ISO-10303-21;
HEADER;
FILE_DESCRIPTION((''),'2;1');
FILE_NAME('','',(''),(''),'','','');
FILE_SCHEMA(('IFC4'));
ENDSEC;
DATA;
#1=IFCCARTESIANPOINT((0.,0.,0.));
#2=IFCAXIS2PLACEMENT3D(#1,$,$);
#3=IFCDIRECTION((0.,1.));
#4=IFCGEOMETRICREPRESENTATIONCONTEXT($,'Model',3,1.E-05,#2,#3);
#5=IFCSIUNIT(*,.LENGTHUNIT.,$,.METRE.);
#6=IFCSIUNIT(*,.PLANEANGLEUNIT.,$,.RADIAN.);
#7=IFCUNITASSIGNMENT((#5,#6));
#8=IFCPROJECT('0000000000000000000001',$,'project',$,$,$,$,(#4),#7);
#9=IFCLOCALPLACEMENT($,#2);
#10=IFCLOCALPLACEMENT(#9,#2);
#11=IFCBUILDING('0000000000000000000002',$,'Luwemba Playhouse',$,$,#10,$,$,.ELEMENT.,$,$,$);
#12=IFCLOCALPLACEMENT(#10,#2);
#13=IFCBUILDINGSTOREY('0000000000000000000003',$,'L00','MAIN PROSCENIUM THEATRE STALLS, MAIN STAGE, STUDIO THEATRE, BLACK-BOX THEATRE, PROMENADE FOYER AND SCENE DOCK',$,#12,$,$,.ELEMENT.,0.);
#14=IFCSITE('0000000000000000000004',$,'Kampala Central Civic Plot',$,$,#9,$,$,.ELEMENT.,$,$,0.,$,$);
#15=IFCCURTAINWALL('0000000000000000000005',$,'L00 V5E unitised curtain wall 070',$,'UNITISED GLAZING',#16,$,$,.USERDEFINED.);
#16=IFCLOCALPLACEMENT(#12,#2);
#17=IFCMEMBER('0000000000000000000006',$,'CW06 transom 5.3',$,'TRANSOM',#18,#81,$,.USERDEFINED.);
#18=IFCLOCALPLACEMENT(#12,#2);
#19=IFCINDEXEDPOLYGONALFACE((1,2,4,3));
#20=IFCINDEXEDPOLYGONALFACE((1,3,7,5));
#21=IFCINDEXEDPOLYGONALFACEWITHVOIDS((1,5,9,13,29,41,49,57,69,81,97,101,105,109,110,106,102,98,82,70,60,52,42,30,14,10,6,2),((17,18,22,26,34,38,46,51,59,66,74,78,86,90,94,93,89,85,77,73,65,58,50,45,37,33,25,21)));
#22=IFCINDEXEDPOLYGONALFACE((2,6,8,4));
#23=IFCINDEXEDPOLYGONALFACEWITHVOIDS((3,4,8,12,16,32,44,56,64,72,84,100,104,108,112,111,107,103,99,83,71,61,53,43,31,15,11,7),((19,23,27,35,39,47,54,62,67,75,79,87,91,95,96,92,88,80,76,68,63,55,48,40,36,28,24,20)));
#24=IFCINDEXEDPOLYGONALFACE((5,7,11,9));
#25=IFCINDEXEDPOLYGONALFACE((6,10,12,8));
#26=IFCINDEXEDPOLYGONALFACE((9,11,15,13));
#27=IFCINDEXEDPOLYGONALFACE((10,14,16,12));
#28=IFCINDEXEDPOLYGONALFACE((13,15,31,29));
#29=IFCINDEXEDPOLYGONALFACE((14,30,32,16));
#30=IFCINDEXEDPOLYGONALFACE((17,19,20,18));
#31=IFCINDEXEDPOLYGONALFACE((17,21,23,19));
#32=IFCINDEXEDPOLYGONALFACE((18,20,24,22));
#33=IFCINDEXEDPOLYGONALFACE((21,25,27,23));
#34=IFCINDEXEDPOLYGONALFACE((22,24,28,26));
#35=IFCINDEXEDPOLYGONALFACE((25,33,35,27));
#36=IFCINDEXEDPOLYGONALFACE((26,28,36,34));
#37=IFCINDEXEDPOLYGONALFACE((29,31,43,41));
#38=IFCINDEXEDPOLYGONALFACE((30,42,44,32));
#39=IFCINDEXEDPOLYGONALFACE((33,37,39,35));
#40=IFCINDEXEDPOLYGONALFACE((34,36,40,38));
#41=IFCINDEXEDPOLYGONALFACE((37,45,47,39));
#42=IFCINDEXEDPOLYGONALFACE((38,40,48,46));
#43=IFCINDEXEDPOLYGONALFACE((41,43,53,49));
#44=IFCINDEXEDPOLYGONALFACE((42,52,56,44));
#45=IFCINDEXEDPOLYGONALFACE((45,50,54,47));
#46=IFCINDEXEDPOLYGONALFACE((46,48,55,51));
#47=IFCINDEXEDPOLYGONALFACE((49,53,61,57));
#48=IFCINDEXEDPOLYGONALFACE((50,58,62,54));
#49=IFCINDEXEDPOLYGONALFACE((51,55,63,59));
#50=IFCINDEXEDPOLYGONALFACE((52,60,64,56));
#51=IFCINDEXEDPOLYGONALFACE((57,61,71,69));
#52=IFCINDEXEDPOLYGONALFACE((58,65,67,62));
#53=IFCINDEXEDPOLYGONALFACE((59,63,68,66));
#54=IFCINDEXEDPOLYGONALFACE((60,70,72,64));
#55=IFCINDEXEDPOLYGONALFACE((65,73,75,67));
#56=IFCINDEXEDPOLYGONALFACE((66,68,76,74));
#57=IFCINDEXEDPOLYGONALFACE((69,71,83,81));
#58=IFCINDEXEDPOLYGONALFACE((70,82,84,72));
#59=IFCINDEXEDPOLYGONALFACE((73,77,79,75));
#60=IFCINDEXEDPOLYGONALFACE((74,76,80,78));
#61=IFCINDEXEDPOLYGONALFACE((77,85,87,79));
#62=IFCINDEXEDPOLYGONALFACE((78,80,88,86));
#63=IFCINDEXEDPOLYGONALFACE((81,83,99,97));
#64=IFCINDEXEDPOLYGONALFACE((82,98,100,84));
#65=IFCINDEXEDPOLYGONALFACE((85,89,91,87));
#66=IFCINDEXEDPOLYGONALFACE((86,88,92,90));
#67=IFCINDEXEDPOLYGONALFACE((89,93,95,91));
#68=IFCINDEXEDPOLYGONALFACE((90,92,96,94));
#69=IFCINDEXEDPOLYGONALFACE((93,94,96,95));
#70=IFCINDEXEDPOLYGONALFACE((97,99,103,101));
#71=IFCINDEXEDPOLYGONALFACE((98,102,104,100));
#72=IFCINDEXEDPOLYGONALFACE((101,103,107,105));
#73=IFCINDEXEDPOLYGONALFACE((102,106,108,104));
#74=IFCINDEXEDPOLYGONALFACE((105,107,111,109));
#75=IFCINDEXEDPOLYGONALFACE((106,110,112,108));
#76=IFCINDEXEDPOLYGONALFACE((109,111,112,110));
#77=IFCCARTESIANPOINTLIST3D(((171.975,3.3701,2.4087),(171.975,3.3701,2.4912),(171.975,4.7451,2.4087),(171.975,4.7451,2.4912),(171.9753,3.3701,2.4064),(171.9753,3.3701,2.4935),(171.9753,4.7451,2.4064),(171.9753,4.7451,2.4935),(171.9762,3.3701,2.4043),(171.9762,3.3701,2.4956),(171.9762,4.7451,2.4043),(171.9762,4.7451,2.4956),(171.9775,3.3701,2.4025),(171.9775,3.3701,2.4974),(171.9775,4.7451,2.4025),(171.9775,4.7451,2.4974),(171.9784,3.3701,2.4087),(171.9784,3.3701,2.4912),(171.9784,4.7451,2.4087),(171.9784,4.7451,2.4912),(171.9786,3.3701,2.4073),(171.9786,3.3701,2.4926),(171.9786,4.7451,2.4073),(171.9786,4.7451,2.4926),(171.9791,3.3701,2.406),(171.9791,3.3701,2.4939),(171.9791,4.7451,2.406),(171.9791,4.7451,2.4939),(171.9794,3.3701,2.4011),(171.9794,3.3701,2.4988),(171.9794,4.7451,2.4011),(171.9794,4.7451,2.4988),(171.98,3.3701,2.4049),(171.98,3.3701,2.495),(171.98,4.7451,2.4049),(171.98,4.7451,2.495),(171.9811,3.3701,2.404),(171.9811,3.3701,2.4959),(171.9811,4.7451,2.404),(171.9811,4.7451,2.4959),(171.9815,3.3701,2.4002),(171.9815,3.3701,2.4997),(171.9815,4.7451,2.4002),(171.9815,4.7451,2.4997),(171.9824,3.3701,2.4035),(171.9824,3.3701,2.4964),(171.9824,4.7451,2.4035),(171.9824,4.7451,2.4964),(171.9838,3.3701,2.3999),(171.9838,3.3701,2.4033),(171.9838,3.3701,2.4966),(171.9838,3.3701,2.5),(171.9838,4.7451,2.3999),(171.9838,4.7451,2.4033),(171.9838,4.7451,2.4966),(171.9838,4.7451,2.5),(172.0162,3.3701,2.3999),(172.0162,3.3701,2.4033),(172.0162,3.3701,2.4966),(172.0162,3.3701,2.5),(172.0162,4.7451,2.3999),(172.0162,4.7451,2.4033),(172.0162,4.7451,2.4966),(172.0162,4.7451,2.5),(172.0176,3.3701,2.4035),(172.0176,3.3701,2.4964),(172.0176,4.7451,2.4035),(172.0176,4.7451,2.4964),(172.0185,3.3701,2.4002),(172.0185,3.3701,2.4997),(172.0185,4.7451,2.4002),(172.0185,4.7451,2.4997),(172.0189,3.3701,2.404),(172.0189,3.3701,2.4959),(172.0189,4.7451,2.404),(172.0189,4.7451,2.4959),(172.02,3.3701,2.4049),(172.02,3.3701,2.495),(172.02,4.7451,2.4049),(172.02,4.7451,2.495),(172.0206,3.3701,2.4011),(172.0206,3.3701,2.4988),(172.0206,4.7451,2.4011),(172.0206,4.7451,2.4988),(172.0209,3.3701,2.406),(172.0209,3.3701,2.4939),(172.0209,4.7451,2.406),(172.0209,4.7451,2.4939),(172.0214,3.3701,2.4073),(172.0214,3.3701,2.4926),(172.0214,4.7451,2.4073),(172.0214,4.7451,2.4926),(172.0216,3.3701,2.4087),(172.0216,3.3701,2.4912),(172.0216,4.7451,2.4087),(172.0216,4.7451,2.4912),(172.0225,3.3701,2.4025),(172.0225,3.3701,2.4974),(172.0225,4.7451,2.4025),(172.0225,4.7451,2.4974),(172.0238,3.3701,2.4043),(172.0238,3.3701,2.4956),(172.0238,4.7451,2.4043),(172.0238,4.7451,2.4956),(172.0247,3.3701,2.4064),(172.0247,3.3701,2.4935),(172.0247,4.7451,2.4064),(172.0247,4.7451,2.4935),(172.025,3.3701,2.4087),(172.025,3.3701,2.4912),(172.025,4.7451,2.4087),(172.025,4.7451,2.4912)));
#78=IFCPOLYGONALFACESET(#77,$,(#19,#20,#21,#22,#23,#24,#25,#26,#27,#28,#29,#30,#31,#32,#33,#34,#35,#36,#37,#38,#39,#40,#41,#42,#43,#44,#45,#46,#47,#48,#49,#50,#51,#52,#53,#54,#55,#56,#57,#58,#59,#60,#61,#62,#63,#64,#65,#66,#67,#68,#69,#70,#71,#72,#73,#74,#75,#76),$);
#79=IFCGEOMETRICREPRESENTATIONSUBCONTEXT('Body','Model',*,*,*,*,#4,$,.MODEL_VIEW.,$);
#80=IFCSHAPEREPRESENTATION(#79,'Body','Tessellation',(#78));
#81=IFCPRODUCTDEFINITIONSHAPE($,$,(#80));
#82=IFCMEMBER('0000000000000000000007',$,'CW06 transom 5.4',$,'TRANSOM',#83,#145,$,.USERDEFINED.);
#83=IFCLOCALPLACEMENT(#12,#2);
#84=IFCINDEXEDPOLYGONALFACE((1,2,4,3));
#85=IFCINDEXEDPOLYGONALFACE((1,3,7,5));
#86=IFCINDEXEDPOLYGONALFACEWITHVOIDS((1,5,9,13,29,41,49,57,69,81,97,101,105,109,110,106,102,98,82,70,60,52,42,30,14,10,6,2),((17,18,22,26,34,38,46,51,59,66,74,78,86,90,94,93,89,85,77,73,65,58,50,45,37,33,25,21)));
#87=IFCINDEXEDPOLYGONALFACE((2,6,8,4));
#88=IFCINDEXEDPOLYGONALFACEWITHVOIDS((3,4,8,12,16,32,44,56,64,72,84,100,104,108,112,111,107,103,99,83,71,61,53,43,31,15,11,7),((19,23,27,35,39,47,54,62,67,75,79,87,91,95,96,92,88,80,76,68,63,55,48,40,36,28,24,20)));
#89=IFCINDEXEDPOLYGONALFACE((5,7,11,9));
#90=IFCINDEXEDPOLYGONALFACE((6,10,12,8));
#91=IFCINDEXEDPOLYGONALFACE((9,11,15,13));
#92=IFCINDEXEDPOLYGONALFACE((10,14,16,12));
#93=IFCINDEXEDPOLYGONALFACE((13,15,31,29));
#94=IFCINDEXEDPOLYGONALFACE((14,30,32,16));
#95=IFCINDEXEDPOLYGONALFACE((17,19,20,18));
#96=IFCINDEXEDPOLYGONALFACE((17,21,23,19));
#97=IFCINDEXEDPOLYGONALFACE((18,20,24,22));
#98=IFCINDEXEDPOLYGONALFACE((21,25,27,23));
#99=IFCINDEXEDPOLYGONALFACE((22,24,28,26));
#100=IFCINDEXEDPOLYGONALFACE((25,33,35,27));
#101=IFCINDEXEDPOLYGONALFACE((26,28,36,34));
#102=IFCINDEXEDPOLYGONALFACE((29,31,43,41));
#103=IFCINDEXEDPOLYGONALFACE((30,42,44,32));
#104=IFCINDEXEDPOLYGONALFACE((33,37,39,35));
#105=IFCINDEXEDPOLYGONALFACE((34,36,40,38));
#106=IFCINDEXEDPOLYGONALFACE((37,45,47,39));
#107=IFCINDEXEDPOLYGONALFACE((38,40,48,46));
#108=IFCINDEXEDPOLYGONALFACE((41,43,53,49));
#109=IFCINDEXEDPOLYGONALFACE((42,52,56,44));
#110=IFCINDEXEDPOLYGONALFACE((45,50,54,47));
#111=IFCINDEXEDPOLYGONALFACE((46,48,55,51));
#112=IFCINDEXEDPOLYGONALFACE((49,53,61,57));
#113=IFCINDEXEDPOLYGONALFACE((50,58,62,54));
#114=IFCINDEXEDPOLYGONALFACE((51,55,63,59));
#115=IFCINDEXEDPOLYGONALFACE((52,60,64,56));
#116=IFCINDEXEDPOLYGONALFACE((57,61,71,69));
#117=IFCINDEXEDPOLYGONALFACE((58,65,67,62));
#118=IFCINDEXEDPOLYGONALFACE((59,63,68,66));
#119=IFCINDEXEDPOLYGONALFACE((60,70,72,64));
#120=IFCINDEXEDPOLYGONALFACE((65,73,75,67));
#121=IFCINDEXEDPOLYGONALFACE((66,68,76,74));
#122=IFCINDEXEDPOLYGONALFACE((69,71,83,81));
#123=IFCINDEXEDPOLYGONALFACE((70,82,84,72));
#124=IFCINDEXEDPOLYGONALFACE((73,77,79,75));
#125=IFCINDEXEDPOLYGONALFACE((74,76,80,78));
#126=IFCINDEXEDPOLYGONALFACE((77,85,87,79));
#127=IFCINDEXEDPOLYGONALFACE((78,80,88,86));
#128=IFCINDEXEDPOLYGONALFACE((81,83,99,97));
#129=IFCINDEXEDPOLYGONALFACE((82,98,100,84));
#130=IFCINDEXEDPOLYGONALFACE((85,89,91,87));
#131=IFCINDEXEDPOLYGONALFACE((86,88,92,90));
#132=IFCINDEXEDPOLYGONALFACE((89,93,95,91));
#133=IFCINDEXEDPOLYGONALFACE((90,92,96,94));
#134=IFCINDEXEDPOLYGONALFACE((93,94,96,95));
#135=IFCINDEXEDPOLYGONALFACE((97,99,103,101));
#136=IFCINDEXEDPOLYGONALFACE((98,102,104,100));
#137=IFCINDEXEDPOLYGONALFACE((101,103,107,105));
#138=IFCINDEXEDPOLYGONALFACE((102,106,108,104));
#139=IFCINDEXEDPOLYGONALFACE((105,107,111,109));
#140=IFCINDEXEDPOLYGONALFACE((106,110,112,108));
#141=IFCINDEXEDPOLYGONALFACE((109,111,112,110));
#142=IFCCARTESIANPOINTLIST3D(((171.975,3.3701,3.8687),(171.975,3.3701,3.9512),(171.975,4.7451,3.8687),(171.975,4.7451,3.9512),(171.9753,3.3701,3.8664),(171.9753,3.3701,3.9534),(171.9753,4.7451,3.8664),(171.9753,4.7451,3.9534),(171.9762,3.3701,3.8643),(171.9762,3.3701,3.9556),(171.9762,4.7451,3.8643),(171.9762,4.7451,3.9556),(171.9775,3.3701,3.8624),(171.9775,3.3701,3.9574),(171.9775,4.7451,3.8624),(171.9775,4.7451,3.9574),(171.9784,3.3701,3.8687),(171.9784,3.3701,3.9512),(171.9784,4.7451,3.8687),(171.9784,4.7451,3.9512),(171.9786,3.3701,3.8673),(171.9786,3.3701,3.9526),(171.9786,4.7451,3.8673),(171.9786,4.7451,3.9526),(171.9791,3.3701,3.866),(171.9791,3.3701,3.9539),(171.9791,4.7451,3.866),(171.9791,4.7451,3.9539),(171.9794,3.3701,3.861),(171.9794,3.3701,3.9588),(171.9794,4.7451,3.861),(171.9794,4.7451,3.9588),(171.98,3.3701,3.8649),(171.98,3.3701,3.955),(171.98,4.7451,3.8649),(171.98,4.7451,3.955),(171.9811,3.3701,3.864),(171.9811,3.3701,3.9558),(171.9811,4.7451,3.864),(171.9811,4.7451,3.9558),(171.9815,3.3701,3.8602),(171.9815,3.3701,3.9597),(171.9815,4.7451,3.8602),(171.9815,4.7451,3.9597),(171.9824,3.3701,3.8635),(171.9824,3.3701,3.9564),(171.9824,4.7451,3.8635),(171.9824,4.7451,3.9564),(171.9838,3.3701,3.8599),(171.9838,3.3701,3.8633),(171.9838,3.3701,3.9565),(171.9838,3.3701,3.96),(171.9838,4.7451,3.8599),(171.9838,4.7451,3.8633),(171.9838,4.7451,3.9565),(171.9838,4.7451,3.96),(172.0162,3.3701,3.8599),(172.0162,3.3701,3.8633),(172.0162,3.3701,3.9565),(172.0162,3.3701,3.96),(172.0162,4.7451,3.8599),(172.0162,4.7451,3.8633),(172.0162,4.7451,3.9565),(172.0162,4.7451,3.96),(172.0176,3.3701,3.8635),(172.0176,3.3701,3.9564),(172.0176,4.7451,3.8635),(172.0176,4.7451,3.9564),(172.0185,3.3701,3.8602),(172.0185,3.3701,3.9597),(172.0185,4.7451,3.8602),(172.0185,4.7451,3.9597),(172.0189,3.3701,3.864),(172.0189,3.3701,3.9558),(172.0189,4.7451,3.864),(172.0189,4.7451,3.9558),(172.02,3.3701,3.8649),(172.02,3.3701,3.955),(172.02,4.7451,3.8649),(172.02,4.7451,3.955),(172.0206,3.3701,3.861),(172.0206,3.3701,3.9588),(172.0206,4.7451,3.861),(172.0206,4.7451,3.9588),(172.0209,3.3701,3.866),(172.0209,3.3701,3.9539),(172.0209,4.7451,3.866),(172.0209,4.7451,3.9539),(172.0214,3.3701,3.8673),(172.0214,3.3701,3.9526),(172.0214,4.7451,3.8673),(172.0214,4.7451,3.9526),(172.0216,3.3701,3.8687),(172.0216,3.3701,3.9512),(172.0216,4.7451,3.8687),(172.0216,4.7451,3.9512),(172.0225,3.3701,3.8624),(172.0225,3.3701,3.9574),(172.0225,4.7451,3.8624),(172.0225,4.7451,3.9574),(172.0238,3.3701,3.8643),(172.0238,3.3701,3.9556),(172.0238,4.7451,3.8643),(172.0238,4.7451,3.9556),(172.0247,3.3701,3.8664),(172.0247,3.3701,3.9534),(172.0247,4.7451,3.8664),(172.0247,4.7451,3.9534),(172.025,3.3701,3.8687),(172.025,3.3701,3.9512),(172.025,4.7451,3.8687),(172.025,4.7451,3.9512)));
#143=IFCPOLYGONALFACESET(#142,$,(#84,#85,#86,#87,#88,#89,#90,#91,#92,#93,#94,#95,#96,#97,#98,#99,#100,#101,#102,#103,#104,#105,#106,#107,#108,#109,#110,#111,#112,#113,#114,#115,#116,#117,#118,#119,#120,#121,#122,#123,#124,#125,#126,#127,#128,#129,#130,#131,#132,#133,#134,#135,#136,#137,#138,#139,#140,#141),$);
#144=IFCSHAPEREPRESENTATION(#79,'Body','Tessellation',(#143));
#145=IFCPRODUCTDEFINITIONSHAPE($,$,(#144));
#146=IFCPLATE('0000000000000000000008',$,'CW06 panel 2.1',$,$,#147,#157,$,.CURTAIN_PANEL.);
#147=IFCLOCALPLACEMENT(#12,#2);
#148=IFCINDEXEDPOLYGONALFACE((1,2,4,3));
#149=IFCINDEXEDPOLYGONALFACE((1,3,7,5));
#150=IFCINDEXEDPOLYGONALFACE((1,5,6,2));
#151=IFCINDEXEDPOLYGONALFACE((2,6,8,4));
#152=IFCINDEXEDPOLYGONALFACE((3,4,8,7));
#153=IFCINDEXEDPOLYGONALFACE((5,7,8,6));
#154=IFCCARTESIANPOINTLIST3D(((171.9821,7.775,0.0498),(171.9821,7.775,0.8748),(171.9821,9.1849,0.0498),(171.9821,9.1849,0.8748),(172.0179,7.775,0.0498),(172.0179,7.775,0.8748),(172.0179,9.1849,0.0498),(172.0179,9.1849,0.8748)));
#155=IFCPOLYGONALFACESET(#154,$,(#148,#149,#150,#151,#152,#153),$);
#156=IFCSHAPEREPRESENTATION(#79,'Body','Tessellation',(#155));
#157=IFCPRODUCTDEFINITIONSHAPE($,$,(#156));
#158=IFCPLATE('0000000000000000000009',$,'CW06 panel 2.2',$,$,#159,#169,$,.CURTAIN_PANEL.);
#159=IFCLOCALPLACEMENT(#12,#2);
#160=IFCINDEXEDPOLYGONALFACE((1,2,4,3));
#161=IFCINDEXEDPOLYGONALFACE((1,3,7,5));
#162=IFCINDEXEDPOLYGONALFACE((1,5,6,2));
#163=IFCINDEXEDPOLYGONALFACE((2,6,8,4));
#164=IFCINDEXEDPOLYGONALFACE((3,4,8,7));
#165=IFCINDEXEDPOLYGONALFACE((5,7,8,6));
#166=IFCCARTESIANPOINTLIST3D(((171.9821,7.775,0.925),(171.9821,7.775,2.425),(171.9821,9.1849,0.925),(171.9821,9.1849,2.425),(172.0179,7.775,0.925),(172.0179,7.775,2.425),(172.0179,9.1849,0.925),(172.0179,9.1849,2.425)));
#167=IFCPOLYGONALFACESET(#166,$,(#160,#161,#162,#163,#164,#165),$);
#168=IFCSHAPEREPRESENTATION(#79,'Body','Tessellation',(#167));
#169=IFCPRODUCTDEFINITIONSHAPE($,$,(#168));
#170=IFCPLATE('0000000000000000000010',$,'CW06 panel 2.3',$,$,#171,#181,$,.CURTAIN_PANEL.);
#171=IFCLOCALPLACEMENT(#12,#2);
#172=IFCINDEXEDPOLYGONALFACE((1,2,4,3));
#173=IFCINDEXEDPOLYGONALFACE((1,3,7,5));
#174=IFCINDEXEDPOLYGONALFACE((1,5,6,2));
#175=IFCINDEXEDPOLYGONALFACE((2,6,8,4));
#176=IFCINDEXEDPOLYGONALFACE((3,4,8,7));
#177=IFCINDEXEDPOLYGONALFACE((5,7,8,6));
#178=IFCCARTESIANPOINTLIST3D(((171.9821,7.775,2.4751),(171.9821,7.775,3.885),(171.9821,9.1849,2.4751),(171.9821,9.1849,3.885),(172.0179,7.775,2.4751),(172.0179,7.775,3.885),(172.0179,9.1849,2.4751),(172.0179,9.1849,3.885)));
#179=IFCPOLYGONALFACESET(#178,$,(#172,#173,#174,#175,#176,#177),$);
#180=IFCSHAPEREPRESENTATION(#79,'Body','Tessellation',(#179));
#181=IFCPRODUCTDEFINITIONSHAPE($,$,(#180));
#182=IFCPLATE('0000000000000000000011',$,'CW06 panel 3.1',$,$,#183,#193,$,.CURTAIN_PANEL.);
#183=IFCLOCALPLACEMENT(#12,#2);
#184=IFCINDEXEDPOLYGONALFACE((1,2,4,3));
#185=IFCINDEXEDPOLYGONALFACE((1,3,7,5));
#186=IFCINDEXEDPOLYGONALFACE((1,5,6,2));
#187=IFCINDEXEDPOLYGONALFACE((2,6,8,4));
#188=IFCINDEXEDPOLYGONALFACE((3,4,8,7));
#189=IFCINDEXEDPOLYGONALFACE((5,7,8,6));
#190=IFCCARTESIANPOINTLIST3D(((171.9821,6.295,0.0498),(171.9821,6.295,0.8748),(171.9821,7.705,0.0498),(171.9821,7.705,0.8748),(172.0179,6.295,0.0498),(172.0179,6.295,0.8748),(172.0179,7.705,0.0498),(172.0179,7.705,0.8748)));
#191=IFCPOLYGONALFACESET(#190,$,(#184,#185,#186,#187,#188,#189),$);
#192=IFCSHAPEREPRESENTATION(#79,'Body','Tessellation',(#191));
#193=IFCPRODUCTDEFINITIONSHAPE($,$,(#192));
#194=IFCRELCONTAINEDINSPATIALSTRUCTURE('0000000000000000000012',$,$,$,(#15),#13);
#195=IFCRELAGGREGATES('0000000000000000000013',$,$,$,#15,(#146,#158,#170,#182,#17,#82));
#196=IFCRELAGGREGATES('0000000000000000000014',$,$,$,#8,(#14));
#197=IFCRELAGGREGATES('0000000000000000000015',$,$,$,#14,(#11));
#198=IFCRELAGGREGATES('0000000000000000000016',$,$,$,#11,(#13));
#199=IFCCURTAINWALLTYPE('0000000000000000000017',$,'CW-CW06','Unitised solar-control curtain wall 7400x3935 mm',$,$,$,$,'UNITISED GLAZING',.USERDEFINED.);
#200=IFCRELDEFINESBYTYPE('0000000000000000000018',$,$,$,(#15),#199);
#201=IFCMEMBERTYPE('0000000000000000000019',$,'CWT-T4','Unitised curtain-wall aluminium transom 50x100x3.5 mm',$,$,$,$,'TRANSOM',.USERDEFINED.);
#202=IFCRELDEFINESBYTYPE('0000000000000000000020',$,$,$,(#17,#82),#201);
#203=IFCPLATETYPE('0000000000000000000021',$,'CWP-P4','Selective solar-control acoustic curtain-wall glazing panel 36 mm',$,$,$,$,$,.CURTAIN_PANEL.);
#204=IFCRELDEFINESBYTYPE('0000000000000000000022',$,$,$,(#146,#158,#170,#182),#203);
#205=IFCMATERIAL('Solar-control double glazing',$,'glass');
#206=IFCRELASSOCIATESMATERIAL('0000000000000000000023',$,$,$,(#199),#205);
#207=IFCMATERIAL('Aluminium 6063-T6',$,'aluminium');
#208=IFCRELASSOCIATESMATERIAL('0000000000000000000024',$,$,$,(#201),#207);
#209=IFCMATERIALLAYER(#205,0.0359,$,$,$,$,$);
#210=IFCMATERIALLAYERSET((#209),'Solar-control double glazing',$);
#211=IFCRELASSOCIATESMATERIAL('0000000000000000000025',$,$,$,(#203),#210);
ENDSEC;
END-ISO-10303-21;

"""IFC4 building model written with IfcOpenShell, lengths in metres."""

from ifc_helpers import new_model, si_unit, direction, frame, origin, origin_2d, place, context, subcontext, project, spatial, rectangle, hollow_rectangle, extrude, material, layer, layer_set, material_profile, profile_set, type_object, element, aggregate, save


model = new_model("IFC4")

# Units and contexts
model_context = context("Model", 3, precision=1e-05, world=origin(), true_north=direction((0.0, 1.0)))
body_context = subcontext(model_context, "Body", "Model", "MODEL_VIEW")
ifc_project = project(units=[si_unit("LENGTHUNIT", "METRE"), si_unit("PLANEANGLEUNIT", "RADIAN")], contexts=[model_context])

# Site, building, storey
site_placement = place(None, origin())
site = spatial("IfcSite", under=ifc_project, at=site_placement, Name="Kampala Central Civic Plot", CompositionType="ELEMENT", RefElevation=0.0)
building_placement = place(site_placement, origin())
building = spatial("IfcBuilding", under=site, at=building_placement, Name="Luwemba Playhouse", CompositionType="ELEMENT")
storey_placement = place(building_placement, origin())
storey = spatial("IfcBuildingStorey", under=building, at=storey_placement, Name="L00", Description="MAIN PROSCENIUM THEATRE STALLS, MAIN STAGE, STUDIO THEATRE, BLACK-BOX THEATRE, PROMENADE FOYER AND SCENE DOCK", CompositionType="ELEMENT", Elevation=0.0)

# Curtain wall, members, plates
ifc_material_1 = material(Name="Solar-control double glazing", Category="glass")
curtain_wall_type = type_object("IfcCurtainWallType", Name="CW-CW06", Description="Unitised solar-control curtain wall 7400x3935 mm", ElementType="UNITISED GLAZING", PredefinedType="USERDEFINED", material=ifc_material_1)
curtain_wall_placement = place(storey_placement, origin())
curtain_wall = element("IfcCurtainWall", 1, at=curtain_wall_placement, inside=storey, type_object=curtain_wall_type, Name="L00 V5E unitised curtain wall 070", ObjectType="UNITISED GLAZING", PredefinedType="USERDEFINED")
ifc_material_2 = material(Name="Aluminium 6063-T6", Category="aluminium")
ifc_material_profile_1 = material_profile(ifc_material_2, hollow_rectangle(XDim=0.05, YDim=0.1001, WallThickness=0.0034, InnerFilletRadius=0.0054, OuterFilletRadius=0.0088, at=origin_2d()))
ifc_profile_set_1 = profile_set([ifc_material_profile_1], Name="Aluminium 6063-T6")
member_type_1 = type_object("IfcMemberType", Name="CWT-T4", Description="Unitised curtain-wall aluminium transom 50x100x3.5 mm", ElementType="TRANSOM", PredefinedType="USERDEFINED", material=ifc_profile_set_1)
member_1_placement = place(storey_placement, frame((172.0, 4.7451, 2.45), z_axis=(0.0, -1.0, 0.0), x_axis=(1.0, 0.0, 0.0)))
member_1 = element("IfcMember", 2, at=member_1_placement, type_object=member_type_1, Name="CW06 transom 5.3", ObjectType="TRANSOM", PredefinedType="USERDEFINED", context=body_context, shape_type="SweptSolid", body=[
    extrude(hollow_rectangle(XDim=0.05, YDim=0.1001, WallThickness=0.0034, InnerFilletRadius=0.0054, OuterFilletRadius=0.0088, at=origin_2d()), origin(), (0.0, 0.0, 1.0), 1.375),
])
member_2_placement = place(storey_placement, frame((172.0, 4.7451, 3.9099), z_axis=(0.0, -1.0, 0.0), x_axis=(1.0, 0.0, 0.0)))
member_2 = element("IfcMember", 3, at=member_2_placement, type_object=member_type_1, Name="CW06 transom 5.4", ObjectType="TRANSOM", PredefinedType="USERDEFINED", context=body_context, shape_type="SweptSolid", body=[
    extrude(hollow_rectangle(XDim=0.05, YDim=0.1001, WallThickness=0.0034, InnerFilletRadius=0.0054, OuterFilletRadius=0.0088, at=origin_2d()), origin(), (0.0, 0.0, 1.0), 1.375),
])
ifc_layer = layer(ifc_material_1, 0.0359)
ifc_layer_set = layer_set([ifc_layer], Name="Solar-control double glazing")
plate_type = type_object("IfcPlateType", Name="CWP-P4", Description="Selective solar-control acoustic curtain-wall glazing panel 36 mm", PredefinedType="CURTAIN_PANEL", material=ifc_layer_set)
plate_1_placement = place(storey_placement, frame((172.0, 8.48, 0.0498), z_axis=(0.0, 0.0, 1.0), x_axis=(0.0, -1.0, 0.0)))
plate_1 = element("IfcPlate", 4, at=plate_1_placement, type_object=plate_type, Name="CW06 panel 2.1", PredefinedType="CURTAIN_PANEL", context=body_context, shape_type="SweptSolid", body=[
    extrude(rectangle(XDim=1.4099, YDim=0.0359, at=origin_2d()), origin(), (0.0, 0.0, 1.0), 0.825),
])
plate_2_placement = place(storey_placement, frame((172.0, 8.48, 0.925), z_axis=(0.0, 0.0, 1.0), x_axis=(0.0, -1.0, 0.0)))
plate_2 = element("IfcPlate", 5, at=plate_2_placement, type_object=plate_type, Name="CW06 panel 2.2", PredefinedType="CURTAIN_PANEL", context=body_context, shape_type="SweptSolid", body=[
    extrude(rectangle(XDim=1.4099, YDim=0.0359, at=origin_2d()), origin(), (0.0, 0.0, 1.0), 1.5),
])
plate_3_placement = place(storey_placement, frame((172.0, 8.48, 2.4751), z_axis=(0.0, 0.0, 1.0), x_axis=(0.0, -1.0, 0.0)))
plate_3 = element("IfcPlate", 6, at=plate_3_placement, type_object=plate_type, Name="CW06 panel 2.3", PredefinedType="CURTAIN_PANEL", context=body_context, shape_type="SweptSolid", body=[
    extrude(rectangle(XDim=1.4099, YDim=0.0359, at=origin_2d()), origin(), (0.0, 0.0, 1.0), 1.4099),
])
plate_4_placement = place(storey_placement, frame((172.0, 7.0, 0.0498), z_axis=(0.0, 0.0, 1.0), x_axis=(0.0, -1.0, 0.0)))
plate_4 = element("IfcPlate", 7, at=plate_4_placement, type_object=plate_type, Name="CW06 panel 3.1", PredefinedType="CURTAIN_PANEL", context=body_context, shape_type="SweptSolid", body=[
    extrude(rectangle(XDim=1.4099, YDim=0.0359, at=origin_2d()), origin(), (0.0, 0.0, 1.0), 0.825),
])
aggregate(curtain_wall, [plate_1, plate_2, plate_3, plate_4, member_1, member_2])

save(model, "model.ifc")
